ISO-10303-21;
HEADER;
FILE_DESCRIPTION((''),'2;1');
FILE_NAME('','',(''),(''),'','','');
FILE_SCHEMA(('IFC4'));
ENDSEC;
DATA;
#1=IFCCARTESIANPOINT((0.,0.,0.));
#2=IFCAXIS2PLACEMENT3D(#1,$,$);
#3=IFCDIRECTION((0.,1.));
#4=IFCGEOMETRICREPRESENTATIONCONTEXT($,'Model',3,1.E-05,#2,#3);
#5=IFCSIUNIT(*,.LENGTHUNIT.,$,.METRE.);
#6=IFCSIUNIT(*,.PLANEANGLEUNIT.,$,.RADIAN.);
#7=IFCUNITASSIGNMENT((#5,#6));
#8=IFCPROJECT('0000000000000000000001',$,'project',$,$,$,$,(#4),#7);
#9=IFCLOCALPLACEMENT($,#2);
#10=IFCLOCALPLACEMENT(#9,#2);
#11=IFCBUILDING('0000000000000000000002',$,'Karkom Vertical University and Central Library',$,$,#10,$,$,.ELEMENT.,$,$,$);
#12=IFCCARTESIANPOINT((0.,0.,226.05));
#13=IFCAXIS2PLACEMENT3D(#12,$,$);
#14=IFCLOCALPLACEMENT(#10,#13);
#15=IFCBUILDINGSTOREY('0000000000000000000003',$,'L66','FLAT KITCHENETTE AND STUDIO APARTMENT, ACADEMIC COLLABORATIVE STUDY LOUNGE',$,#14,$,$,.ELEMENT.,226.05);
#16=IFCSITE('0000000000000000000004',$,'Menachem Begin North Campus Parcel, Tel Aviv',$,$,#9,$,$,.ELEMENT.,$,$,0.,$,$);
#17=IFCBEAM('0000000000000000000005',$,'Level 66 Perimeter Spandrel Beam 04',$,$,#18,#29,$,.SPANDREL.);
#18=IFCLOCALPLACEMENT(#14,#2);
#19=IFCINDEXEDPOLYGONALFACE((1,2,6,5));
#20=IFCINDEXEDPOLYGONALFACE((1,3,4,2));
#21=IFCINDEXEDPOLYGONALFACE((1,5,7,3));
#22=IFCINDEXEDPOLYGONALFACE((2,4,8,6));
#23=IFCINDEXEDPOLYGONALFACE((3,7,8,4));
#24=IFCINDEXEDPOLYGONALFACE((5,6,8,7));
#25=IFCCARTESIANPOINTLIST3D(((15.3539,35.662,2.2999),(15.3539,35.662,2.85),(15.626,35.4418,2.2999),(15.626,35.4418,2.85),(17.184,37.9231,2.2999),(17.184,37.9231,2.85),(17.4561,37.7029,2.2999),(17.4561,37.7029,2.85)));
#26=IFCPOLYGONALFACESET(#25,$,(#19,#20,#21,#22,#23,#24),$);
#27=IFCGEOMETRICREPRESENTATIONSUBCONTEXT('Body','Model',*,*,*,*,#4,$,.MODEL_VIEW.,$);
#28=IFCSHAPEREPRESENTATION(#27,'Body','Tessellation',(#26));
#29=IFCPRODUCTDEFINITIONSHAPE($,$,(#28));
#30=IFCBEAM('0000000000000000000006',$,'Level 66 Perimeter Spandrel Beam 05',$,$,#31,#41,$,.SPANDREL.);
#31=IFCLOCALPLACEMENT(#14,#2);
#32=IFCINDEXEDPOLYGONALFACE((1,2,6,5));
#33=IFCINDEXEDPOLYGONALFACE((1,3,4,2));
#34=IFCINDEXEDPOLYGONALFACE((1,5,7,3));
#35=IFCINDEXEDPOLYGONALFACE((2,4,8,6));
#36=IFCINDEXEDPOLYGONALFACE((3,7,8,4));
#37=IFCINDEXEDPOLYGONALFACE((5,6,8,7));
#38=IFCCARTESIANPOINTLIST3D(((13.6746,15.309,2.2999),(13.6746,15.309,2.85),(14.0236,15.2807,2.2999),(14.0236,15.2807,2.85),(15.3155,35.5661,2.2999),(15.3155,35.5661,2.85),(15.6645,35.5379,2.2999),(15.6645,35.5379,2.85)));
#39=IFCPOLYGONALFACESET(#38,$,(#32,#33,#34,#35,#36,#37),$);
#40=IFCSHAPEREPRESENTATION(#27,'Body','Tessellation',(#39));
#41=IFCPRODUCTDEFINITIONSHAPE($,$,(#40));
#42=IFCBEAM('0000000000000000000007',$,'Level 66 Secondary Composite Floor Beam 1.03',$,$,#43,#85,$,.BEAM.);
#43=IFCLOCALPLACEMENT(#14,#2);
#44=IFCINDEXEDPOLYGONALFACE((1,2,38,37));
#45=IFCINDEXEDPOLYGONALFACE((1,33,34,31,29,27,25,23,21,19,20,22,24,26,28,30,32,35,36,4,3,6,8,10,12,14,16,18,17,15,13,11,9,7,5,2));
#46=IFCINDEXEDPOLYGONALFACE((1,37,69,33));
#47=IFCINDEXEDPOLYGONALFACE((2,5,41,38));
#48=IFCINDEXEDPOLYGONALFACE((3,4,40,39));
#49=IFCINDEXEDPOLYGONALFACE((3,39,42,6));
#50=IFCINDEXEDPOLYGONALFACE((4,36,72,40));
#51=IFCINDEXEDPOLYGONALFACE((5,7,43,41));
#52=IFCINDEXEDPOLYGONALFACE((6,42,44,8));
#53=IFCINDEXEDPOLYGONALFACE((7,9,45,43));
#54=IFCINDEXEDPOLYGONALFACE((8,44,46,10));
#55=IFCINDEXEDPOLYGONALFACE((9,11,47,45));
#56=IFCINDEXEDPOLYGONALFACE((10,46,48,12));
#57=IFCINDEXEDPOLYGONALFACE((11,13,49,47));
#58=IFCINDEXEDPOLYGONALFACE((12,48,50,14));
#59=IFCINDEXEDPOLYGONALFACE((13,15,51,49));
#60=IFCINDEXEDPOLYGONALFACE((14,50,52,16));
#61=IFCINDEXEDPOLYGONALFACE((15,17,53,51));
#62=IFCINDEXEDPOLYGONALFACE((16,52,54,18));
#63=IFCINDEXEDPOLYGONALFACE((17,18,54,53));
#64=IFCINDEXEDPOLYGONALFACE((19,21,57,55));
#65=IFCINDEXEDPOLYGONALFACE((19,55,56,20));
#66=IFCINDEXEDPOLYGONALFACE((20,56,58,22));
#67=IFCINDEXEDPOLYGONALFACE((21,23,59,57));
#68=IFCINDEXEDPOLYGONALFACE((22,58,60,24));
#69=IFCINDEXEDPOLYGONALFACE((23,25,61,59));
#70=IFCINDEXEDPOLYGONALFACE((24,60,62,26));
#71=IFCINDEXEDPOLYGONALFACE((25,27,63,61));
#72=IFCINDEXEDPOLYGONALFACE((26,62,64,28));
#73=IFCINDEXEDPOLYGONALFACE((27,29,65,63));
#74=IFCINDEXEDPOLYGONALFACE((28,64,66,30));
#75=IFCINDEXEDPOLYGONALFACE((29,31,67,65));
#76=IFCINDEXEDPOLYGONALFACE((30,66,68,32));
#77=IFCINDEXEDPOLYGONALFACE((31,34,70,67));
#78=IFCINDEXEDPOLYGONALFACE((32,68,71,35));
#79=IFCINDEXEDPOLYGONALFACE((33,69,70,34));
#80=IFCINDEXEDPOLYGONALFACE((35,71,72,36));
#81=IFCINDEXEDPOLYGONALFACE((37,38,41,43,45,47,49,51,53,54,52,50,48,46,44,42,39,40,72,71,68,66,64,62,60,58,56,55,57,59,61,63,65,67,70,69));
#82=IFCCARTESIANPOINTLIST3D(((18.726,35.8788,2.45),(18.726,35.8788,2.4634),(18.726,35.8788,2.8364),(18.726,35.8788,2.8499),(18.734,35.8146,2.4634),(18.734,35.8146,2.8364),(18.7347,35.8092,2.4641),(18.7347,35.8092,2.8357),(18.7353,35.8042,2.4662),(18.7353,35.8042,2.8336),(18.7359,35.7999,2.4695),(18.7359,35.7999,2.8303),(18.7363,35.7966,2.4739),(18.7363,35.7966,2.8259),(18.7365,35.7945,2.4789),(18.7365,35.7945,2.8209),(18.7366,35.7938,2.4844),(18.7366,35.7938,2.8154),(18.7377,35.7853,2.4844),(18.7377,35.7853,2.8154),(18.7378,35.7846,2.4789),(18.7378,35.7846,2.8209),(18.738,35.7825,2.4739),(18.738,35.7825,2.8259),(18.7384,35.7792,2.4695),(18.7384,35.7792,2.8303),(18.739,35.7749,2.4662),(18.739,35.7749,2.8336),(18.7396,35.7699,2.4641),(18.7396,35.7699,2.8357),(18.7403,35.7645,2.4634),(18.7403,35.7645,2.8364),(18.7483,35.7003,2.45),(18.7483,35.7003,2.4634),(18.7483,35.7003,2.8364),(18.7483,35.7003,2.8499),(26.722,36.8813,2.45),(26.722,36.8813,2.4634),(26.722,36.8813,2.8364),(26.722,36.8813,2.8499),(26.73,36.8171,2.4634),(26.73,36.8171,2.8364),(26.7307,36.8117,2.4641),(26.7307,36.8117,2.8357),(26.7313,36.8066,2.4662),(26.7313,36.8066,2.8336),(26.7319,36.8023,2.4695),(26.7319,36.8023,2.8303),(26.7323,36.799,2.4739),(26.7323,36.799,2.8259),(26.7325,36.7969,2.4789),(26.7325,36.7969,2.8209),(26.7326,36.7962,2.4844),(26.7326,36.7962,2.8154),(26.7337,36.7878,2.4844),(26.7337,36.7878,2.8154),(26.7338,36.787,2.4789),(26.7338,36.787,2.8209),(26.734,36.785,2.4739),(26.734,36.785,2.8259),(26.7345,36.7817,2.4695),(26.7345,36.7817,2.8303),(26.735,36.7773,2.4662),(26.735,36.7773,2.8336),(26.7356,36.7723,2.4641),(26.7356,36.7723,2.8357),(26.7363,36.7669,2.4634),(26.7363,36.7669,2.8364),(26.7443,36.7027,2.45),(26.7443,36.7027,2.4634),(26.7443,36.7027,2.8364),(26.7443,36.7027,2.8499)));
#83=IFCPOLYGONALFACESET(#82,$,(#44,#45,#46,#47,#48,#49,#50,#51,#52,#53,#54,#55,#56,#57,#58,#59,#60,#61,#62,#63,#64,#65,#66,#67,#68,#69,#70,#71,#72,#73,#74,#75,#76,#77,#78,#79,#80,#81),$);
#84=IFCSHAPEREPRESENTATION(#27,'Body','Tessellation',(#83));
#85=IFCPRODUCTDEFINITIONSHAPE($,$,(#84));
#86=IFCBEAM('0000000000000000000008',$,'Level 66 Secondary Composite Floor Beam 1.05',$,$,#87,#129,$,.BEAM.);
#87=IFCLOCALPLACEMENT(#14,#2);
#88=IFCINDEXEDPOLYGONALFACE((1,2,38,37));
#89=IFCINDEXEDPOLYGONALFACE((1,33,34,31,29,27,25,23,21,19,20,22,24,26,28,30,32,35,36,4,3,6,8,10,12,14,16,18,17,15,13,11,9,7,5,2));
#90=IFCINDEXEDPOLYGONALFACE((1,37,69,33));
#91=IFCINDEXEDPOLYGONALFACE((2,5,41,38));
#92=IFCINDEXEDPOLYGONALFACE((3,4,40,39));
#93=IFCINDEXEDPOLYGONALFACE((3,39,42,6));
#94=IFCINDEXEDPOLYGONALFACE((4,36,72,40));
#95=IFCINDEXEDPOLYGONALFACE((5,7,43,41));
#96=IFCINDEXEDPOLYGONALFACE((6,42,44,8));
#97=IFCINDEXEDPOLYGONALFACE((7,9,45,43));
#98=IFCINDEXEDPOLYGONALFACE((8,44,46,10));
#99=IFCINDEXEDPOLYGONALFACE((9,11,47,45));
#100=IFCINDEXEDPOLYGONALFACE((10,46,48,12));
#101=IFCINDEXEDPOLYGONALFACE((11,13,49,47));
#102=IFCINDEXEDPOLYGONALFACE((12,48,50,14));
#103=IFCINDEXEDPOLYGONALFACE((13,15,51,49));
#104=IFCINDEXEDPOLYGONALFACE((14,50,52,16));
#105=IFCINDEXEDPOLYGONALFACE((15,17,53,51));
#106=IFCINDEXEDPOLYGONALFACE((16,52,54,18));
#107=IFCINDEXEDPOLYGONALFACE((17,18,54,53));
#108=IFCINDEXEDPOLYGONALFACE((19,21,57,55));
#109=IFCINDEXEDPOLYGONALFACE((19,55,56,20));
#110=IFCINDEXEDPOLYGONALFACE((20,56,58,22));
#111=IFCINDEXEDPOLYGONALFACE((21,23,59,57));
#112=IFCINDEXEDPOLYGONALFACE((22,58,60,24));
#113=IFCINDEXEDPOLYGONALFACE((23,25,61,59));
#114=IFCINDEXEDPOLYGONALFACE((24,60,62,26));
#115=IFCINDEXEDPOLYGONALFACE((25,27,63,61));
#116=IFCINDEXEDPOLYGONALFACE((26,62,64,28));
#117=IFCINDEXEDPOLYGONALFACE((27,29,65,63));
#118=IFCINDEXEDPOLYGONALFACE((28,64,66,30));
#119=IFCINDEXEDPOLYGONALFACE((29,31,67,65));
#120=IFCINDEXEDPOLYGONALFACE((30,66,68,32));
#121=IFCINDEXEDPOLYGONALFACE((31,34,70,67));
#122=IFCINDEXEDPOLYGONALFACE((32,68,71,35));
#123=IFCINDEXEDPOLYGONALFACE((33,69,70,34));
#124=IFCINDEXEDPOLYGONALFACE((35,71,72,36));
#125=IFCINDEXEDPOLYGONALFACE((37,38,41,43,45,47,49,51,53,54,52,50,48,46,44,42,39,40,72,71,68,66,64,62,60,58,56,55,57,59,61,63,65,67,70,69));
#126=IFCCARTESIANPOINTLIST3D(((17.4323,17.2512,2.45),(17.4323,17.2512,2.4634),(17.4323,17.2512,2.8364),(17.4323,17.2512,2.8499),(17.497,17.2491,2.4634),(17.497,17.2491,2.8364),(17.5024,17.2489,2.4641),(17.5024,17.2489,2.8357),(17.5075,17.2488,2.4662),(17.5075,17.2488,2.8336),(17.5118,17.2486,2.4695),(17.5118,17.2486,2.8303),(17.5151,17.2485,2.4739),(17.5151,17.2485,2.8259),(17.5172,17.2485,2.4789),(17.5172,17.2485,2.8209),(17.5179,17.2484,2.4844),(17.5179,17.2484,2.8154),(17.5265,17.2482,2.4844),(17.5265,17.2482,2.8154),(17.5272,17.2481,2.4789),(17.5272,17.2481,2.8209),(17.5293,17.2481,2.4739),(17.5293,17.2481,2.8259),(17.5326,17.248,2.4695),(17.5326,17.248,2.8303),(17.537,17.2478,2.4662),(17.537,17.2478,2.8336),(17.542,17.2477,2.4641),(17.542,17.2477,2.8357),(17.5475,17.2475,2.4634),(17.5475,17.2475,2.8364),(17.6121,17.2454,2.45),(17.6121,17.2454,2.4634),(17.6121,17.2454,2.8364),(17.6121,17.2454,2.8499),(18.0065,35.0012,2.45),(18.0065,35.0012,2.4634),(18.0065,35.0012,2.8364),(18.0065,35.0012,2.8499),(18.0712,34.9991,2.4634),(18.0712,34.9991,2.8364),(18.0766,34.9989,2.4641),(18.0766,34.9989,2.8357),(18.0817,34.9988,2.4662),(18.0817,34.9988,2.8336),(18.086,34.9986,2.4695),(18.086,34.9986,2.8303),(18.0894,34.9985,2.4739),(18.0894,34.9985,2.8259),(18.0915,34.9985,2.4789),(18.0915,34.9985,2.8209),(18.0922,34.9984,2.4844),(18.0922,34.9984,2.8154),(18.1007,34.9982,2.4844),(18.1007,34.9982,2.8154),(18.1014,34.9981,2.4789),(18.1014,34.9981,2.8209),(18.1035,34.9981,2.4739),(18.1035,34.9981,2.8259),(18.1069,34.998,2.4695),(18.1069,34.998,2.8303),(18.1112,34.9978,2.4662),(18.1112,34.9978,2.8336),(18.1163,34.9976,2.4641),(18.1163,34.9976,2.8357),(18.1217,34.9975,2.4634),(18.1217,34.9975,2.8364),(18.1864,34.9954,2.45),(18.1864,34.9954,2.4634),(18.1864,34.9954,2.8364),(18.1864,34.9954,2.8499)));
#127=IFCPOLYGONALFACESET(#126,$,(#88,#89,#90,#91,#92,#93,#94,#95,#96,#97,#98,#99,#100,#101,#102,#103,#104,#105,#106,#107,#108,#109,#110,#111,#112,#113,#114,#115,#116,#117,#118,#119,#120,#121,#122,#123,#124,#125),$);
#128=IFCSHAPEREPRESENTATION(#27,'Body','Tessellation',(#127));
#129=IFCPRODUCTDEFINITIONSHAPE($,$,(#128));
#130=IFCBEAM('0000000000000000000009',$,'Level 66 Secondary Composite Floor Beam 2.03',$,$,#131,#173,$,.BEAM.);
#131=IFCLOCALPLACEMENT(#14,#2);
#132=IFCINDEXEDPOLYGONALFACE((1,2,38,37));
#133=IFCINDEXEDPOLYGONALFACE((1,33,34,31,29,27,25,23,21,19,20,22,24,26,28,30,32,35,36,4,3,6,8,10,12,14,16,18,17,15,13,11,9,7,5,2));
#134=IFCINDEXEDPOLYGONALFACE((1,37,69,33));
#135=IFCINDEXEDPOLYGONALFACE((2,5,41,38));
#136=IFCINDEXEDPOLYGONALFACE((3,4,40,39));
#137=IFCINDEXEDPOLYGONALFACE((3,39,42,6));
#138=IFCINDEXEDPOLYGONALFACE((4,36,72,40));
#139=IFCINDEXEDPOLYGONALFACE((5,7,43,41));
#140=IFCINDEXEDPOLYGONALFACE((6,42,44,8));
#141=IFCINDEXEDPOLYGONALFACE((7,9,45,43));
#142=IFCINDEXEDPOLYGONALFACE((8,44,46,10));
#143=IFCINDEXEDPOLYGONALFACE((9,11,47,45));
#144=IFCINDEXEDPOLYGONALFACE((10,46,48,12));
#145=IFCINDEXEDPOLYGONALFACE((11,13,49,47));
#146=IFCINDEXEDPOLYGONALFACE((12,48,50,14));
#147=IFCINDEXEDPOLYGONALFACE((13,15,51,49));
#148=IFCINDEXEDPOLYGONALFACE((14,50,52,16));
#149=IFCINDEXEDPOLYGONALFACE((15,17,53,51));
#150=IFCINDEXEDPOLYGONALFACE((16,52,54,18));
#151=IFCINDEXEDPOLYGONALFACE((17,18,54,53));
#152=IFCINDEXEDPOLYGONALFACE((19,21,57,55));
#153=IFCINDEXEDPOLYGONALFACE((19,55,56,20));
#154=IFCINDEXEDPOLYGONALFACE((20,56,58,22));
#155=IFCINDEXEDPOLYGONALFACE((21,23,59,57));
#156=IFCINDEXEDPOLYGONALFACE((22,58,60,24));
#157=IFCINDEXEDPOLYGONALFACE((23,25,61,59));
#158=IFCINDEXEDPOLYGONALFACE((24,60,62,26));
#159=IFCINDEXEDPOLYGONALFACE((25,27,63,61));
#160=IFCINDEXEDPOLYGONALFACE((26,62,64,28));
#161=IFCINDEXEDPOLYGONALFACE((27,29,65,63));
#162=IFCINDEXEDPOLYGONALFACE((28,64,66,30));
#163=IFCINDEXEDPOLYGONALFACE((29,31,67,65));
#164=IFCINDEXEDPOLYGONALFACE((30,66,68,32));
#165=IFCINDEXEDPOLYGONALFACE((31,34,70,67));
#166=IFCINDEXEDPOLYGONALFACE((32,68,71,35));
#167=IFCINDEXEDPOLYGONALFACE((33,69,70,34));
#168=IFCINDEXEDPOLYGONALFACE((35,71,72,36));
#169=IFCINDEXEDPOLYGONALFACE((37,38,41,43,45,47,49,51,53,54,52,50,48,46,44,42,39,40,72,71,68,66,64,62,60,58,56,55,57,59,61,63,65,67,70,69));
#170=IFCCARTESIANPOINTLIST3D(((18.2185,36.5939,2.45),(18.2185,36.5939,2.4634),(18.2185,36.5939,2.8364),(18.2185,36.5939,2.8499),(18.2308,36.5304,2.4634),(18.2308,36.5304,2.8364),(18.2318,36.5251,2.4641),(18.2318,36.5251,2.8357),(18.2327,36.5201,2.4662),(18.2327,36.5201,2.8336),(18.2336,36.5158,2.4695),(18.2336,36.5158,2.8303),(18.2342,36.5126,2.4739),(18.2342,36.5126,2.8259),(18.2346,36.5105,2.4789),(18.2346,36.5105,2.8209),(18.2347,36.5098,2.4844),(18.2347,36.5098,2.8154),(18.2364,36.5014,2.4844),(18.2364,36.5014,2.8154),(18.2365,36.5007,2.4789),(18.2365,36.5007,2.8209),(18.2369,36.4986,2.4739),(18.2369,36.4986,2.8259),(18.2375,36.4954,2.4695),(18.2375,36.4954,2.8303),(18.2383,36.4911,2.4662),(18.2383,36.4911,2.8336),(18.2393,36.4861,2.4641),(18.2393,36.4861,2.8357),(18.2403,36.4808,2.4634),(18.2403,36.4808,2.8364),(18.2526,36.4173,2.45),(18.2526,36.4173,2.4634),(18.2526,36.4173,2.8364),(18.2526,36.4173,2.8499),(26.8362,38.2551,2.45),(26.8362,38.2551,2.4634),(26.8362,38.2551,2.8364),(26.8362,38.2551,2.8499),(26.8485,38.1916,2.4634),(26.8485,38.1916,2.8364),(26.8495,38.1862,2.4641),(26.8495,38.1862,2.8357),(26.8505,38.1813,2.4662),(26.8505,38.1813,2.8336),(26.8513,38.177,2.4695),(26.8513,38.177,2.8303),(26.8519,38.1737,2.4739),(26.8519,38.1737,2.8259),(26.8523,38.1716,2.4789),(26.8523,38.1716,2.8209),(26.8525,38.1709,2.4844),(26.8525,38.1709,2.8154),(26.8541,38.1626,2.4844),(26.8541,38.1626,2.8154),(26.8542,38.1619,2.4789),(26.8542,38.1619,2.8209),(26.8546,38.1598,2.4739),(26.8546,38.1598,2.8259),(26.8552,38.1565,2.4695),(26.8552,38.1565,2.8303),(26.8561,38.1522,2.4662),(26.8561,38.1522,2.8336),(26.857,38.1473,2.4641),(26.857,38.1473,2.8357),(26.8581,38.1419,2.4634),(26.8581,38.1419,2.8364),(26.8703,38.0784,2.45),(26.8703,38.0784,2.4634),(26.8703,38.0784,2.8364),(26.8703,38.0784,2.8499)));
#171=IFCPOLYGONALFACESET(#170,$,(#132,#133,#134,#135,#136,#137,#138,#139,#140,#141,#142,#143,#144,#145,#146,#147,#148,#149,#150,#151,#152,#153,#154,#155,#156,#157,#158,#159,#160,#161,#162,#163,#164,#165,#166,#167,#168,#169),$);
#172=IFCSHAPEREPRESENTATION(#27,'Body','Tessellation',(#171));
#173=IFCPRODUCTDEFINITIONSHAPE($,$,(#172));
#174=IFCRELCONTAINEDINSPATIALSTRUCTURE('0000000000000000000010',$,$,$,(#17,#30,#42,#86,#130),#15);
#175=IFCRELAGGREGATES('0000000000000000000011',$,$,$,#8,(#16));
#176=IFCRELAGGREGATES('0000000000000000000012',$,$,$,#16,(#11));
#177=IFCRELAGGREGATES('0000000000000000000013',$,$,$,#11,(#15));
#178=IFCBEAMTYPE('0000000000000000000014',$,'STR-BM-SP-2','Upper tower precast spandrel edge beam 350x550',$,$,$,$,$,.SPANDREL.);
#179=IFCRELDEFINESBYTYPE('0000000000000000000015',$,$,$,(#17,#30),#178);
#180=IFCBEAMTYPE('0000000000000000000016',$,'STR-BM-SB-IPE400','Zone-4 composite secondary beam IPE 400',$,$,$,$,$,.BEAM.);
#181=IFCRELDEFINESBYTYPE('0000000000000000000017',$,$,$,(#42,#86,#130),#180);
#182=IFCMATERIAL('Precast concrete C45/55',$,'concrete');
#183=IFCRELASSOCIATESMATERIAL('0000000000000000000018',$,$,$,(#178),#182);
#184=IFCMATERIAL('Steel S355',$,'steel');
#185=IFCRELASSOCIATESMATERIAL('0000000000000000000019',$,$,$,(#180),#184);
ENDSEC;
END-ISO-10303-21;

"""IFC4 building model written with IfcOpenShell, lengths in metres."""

from ifc_helpers import new_model, si_unit, direction, frame, origin, origin_with_axes, origin_2d, place, context, subcontext, project, spatial, rectangle, i_section, extrude, source, transform, mapped, material, material_profile, profile_set, type_object, element, save


model = new_model("IFC4")

# Units and contexts
model_context = context("Model", 3, precision=1e-05, world=origin(), true_north=direction((0.0, 1.0)))
body_context = subcontext(model_context, "Body", "Model", "MODEL_VIEW")
ifc_project = project(units=[si_unit("LENGTHUNIT", "METRE"), si_unit("PLANEANGLEUNIT", "RADIAN")], contexts=[model_context])

# Site, building, storey
site_placement = place(None, origin())
site = spatial("IfcSite", under=ifc_project, at=site_placement, Name="Menachem Begin North Campus Parcel, Tel Aviv", CompositionType="ELEMENT", RefElevation=0.0)
building_placement = place(site_placement, origin())
building = spatial("IfcBuilding", under=site, at=building_placement, Name="Karkom Vertical University and Central Library", CompositionType="ELEMENT")
storey_placement = place(building_placement, frame((0.0, 0.0, 226.05)))
storey = spatial("IfcBuildingStorey", under=building, at=storey_placement, Name="L66", Description="FLAT KITCHENETTE AND STUDIO APARTMENT, ACADEMIC COLLABORATIVE STUDY LOUNGE", CompositionType="ELEMENT", Elevation=226.05)

# Beams
ifc_material_1 = material(Name="Precast concrete C45/55", Category="concrete")
ifc_material_profile_1 = material_profile(ifc_material_1, rectangle(XDim=0.3501, YDim=0.55, at=origin_2d()), Name="SPB-350x550")
ifc_profile_set_1 = profile_set([ifc_material_profile_1], Name="Precast concrete C45/55")
beam_type_1 = type_object("IfcBeamType", Name="STR-BM-SP-2", Description="Upper tower precast spandrel edge beam 350x550", PredefinedType="SPANDREL", material=ifc_profile_set_1)
shared_shape_1 = source(origin_with_axes(), body_context, "Body", "SweptSolid", [
    extrude(rectangle(XDim=0.3501, YDim=0.55, at=origin_2d()), origin(), (0.0, 0.0, 1.0), 2.9089),
])
beam_1_placement = place(storey_placement, frame((17.3201, 37.813, 2.575), z_axis=(-0.629148, -0.777286, 0.0), x_axis=(0.777286, -0.629148, 0.0)))
element("IfcBeam", 1, at=beam_1_placement, inside=storey, type_object=beam_type_1, Name="Level 66 Perimeter Spandrel Beam 04", PredefinedType="SPANDREL", context=body_context, shape_type="MappedRepresentation", body=[
    mapped(shared_shape_1, transform((0.0, 0.0, 0.0), scale=1.0)),
])
shared_shape_2 = source(origin_with_axes(), body_context, "Body", "SweptSolid", [
    extrude(rectangle(XDim=0.3501, YDim=0.55, at=origin_2d()), origin(), (0.0, 0.0, 1.0), 20.3235),
])
beam_2_placement = place(storey_placement, frame((15.49, 35.552, 2.575), z_axis=(-0.080738, -0.996735, 0.0), x_axis=(0.996735, -0.080738, 0.0)))
element("IfcBeam", 2, at=beam_2_placement, inside=storey, type_object=beam_type_1, Name="Level 66 Perimeter Spandrel Beam 05", PredefinedType="SPANDREL", context=body_context, shape_type="MappedRepresentation", body=[
    mapped(shared_shape_2, transform((0.0, 0.0, 0.0), scale=1.0)),
])
ifc_material_2 = material(Name="Steel S355", Category="steel")
ifc_material_profile_2 = material_profile(ifc_material_2, i_section(OverallWidth=0.1799, OverallDepth=0.3999, WebThickness=0.0085, FlangeThickness=0.0134, FilletRadius=0.021, at=origin_2d()), Name="IPE 400")
ifc_profile_set_2 = profile_set([ifc_material_profile_2], Name="Steel S355")
beam_type_2 = type_object("IfcBeamType", Name="STR-BM-SB-IPE400", Description="Zone-4 composite secondary beam IPE 400", PredefinedType="BEAM", material=ifc_profile_set_2)
shared_shape_3 = source(origin_with_axes(), body_context, "Body", "SweptSolid", [
    extrude(i_section(OverallWidth=0.1799, OverallDepth=0.3999, WebThickness=0.0085, FlangeThickness=0.0134, FilletRadius=0.021, at=origin_2d()), origin(), (0.0, 0.0, 1.0), 8.0586),
])
beam_3_placement = place(storey_placement, frame((26.7332, 36.792, 2.6499), z_axis=(-0.992233, -0.124393, 0.0), x_axis=(0.124393, -0.992233, 0.0)))
element("IfcBeam", 3, at=beam_3_placement, inside=storey, type_object=beam_type_2, Name="Level 66 Secondary Composite Floor Beam 1.03", PredefinedType="BEAM", context=body_context, shape_type="MappedRepresentation", body=[
    mapped(shared_shape_3, transform((0.0, 0.0, 0.0), scale=1.0)),
])
shared_shape_4 = source(origin_with_axes(), body_context, "Body", "SweptSolid", [
    extrude(i_section(OverallWidth=0.1799, OverallDepth=0.3999, WebThickness=0.0085, FlangeThickness=0.0134, FilletRadius=0.021, at=origin_2d()), origin(), (0.0, 0.0, 1.0), 17.7593),
])
beam_4_placement = place(storey_placement, frame((18.0964, 34.9983, 2.6499), z_axis=(-0.032333, -0.999477, 0.0), x_axis=(0.999477, -0.032333, 0.0)))
element("IfcBeam", 4, at=beam_4_placement, inside=storey, type_object=beam_type_2, Name="Level 66 Secondary Composite Floor Beam 1.05", PredefinedType="BEAM", context=body_context, shape_type="MappedRepresentation", body=[
    mapped(shared_shape_4, transform((0.0, 0.0, 0.0), scale=1.0)),
])
shared_shape_5 = source(origin_with_axes(), body_context, "Body", "SweptSolid", [
    extrude(i_section(OverallWidth=0.1799, OverallDepth=0.3999, WebThickness=0.0085, FlangeThickness=0.0134, FilletRadius=0.021, at=origin_2d()), origin(), (0.0, 0.0, 1.0), 8.7764),
])
beam_5_placement = place(storey_placement, frame((26.8533, 38.1667, 2.6499), z_axis=(-0.981924, -0.189275, 0.0), x_axis=(0.189275, -0.981924, 0.0)))
element("IfcBeam", 5, at=beam_5_placement, inside=storey, type_object=beam_type_2, Name="Level 66 Secondary Composite Floor Beam 2.03", PredefinedType="BEAM", context=body_context, shape_type="MappedRepresentation", body=[
    mapped(shared_shape_5, transform((0.0, 0.0, 0.0), scale=1.0)),
])

save(model, "model.ifc")
